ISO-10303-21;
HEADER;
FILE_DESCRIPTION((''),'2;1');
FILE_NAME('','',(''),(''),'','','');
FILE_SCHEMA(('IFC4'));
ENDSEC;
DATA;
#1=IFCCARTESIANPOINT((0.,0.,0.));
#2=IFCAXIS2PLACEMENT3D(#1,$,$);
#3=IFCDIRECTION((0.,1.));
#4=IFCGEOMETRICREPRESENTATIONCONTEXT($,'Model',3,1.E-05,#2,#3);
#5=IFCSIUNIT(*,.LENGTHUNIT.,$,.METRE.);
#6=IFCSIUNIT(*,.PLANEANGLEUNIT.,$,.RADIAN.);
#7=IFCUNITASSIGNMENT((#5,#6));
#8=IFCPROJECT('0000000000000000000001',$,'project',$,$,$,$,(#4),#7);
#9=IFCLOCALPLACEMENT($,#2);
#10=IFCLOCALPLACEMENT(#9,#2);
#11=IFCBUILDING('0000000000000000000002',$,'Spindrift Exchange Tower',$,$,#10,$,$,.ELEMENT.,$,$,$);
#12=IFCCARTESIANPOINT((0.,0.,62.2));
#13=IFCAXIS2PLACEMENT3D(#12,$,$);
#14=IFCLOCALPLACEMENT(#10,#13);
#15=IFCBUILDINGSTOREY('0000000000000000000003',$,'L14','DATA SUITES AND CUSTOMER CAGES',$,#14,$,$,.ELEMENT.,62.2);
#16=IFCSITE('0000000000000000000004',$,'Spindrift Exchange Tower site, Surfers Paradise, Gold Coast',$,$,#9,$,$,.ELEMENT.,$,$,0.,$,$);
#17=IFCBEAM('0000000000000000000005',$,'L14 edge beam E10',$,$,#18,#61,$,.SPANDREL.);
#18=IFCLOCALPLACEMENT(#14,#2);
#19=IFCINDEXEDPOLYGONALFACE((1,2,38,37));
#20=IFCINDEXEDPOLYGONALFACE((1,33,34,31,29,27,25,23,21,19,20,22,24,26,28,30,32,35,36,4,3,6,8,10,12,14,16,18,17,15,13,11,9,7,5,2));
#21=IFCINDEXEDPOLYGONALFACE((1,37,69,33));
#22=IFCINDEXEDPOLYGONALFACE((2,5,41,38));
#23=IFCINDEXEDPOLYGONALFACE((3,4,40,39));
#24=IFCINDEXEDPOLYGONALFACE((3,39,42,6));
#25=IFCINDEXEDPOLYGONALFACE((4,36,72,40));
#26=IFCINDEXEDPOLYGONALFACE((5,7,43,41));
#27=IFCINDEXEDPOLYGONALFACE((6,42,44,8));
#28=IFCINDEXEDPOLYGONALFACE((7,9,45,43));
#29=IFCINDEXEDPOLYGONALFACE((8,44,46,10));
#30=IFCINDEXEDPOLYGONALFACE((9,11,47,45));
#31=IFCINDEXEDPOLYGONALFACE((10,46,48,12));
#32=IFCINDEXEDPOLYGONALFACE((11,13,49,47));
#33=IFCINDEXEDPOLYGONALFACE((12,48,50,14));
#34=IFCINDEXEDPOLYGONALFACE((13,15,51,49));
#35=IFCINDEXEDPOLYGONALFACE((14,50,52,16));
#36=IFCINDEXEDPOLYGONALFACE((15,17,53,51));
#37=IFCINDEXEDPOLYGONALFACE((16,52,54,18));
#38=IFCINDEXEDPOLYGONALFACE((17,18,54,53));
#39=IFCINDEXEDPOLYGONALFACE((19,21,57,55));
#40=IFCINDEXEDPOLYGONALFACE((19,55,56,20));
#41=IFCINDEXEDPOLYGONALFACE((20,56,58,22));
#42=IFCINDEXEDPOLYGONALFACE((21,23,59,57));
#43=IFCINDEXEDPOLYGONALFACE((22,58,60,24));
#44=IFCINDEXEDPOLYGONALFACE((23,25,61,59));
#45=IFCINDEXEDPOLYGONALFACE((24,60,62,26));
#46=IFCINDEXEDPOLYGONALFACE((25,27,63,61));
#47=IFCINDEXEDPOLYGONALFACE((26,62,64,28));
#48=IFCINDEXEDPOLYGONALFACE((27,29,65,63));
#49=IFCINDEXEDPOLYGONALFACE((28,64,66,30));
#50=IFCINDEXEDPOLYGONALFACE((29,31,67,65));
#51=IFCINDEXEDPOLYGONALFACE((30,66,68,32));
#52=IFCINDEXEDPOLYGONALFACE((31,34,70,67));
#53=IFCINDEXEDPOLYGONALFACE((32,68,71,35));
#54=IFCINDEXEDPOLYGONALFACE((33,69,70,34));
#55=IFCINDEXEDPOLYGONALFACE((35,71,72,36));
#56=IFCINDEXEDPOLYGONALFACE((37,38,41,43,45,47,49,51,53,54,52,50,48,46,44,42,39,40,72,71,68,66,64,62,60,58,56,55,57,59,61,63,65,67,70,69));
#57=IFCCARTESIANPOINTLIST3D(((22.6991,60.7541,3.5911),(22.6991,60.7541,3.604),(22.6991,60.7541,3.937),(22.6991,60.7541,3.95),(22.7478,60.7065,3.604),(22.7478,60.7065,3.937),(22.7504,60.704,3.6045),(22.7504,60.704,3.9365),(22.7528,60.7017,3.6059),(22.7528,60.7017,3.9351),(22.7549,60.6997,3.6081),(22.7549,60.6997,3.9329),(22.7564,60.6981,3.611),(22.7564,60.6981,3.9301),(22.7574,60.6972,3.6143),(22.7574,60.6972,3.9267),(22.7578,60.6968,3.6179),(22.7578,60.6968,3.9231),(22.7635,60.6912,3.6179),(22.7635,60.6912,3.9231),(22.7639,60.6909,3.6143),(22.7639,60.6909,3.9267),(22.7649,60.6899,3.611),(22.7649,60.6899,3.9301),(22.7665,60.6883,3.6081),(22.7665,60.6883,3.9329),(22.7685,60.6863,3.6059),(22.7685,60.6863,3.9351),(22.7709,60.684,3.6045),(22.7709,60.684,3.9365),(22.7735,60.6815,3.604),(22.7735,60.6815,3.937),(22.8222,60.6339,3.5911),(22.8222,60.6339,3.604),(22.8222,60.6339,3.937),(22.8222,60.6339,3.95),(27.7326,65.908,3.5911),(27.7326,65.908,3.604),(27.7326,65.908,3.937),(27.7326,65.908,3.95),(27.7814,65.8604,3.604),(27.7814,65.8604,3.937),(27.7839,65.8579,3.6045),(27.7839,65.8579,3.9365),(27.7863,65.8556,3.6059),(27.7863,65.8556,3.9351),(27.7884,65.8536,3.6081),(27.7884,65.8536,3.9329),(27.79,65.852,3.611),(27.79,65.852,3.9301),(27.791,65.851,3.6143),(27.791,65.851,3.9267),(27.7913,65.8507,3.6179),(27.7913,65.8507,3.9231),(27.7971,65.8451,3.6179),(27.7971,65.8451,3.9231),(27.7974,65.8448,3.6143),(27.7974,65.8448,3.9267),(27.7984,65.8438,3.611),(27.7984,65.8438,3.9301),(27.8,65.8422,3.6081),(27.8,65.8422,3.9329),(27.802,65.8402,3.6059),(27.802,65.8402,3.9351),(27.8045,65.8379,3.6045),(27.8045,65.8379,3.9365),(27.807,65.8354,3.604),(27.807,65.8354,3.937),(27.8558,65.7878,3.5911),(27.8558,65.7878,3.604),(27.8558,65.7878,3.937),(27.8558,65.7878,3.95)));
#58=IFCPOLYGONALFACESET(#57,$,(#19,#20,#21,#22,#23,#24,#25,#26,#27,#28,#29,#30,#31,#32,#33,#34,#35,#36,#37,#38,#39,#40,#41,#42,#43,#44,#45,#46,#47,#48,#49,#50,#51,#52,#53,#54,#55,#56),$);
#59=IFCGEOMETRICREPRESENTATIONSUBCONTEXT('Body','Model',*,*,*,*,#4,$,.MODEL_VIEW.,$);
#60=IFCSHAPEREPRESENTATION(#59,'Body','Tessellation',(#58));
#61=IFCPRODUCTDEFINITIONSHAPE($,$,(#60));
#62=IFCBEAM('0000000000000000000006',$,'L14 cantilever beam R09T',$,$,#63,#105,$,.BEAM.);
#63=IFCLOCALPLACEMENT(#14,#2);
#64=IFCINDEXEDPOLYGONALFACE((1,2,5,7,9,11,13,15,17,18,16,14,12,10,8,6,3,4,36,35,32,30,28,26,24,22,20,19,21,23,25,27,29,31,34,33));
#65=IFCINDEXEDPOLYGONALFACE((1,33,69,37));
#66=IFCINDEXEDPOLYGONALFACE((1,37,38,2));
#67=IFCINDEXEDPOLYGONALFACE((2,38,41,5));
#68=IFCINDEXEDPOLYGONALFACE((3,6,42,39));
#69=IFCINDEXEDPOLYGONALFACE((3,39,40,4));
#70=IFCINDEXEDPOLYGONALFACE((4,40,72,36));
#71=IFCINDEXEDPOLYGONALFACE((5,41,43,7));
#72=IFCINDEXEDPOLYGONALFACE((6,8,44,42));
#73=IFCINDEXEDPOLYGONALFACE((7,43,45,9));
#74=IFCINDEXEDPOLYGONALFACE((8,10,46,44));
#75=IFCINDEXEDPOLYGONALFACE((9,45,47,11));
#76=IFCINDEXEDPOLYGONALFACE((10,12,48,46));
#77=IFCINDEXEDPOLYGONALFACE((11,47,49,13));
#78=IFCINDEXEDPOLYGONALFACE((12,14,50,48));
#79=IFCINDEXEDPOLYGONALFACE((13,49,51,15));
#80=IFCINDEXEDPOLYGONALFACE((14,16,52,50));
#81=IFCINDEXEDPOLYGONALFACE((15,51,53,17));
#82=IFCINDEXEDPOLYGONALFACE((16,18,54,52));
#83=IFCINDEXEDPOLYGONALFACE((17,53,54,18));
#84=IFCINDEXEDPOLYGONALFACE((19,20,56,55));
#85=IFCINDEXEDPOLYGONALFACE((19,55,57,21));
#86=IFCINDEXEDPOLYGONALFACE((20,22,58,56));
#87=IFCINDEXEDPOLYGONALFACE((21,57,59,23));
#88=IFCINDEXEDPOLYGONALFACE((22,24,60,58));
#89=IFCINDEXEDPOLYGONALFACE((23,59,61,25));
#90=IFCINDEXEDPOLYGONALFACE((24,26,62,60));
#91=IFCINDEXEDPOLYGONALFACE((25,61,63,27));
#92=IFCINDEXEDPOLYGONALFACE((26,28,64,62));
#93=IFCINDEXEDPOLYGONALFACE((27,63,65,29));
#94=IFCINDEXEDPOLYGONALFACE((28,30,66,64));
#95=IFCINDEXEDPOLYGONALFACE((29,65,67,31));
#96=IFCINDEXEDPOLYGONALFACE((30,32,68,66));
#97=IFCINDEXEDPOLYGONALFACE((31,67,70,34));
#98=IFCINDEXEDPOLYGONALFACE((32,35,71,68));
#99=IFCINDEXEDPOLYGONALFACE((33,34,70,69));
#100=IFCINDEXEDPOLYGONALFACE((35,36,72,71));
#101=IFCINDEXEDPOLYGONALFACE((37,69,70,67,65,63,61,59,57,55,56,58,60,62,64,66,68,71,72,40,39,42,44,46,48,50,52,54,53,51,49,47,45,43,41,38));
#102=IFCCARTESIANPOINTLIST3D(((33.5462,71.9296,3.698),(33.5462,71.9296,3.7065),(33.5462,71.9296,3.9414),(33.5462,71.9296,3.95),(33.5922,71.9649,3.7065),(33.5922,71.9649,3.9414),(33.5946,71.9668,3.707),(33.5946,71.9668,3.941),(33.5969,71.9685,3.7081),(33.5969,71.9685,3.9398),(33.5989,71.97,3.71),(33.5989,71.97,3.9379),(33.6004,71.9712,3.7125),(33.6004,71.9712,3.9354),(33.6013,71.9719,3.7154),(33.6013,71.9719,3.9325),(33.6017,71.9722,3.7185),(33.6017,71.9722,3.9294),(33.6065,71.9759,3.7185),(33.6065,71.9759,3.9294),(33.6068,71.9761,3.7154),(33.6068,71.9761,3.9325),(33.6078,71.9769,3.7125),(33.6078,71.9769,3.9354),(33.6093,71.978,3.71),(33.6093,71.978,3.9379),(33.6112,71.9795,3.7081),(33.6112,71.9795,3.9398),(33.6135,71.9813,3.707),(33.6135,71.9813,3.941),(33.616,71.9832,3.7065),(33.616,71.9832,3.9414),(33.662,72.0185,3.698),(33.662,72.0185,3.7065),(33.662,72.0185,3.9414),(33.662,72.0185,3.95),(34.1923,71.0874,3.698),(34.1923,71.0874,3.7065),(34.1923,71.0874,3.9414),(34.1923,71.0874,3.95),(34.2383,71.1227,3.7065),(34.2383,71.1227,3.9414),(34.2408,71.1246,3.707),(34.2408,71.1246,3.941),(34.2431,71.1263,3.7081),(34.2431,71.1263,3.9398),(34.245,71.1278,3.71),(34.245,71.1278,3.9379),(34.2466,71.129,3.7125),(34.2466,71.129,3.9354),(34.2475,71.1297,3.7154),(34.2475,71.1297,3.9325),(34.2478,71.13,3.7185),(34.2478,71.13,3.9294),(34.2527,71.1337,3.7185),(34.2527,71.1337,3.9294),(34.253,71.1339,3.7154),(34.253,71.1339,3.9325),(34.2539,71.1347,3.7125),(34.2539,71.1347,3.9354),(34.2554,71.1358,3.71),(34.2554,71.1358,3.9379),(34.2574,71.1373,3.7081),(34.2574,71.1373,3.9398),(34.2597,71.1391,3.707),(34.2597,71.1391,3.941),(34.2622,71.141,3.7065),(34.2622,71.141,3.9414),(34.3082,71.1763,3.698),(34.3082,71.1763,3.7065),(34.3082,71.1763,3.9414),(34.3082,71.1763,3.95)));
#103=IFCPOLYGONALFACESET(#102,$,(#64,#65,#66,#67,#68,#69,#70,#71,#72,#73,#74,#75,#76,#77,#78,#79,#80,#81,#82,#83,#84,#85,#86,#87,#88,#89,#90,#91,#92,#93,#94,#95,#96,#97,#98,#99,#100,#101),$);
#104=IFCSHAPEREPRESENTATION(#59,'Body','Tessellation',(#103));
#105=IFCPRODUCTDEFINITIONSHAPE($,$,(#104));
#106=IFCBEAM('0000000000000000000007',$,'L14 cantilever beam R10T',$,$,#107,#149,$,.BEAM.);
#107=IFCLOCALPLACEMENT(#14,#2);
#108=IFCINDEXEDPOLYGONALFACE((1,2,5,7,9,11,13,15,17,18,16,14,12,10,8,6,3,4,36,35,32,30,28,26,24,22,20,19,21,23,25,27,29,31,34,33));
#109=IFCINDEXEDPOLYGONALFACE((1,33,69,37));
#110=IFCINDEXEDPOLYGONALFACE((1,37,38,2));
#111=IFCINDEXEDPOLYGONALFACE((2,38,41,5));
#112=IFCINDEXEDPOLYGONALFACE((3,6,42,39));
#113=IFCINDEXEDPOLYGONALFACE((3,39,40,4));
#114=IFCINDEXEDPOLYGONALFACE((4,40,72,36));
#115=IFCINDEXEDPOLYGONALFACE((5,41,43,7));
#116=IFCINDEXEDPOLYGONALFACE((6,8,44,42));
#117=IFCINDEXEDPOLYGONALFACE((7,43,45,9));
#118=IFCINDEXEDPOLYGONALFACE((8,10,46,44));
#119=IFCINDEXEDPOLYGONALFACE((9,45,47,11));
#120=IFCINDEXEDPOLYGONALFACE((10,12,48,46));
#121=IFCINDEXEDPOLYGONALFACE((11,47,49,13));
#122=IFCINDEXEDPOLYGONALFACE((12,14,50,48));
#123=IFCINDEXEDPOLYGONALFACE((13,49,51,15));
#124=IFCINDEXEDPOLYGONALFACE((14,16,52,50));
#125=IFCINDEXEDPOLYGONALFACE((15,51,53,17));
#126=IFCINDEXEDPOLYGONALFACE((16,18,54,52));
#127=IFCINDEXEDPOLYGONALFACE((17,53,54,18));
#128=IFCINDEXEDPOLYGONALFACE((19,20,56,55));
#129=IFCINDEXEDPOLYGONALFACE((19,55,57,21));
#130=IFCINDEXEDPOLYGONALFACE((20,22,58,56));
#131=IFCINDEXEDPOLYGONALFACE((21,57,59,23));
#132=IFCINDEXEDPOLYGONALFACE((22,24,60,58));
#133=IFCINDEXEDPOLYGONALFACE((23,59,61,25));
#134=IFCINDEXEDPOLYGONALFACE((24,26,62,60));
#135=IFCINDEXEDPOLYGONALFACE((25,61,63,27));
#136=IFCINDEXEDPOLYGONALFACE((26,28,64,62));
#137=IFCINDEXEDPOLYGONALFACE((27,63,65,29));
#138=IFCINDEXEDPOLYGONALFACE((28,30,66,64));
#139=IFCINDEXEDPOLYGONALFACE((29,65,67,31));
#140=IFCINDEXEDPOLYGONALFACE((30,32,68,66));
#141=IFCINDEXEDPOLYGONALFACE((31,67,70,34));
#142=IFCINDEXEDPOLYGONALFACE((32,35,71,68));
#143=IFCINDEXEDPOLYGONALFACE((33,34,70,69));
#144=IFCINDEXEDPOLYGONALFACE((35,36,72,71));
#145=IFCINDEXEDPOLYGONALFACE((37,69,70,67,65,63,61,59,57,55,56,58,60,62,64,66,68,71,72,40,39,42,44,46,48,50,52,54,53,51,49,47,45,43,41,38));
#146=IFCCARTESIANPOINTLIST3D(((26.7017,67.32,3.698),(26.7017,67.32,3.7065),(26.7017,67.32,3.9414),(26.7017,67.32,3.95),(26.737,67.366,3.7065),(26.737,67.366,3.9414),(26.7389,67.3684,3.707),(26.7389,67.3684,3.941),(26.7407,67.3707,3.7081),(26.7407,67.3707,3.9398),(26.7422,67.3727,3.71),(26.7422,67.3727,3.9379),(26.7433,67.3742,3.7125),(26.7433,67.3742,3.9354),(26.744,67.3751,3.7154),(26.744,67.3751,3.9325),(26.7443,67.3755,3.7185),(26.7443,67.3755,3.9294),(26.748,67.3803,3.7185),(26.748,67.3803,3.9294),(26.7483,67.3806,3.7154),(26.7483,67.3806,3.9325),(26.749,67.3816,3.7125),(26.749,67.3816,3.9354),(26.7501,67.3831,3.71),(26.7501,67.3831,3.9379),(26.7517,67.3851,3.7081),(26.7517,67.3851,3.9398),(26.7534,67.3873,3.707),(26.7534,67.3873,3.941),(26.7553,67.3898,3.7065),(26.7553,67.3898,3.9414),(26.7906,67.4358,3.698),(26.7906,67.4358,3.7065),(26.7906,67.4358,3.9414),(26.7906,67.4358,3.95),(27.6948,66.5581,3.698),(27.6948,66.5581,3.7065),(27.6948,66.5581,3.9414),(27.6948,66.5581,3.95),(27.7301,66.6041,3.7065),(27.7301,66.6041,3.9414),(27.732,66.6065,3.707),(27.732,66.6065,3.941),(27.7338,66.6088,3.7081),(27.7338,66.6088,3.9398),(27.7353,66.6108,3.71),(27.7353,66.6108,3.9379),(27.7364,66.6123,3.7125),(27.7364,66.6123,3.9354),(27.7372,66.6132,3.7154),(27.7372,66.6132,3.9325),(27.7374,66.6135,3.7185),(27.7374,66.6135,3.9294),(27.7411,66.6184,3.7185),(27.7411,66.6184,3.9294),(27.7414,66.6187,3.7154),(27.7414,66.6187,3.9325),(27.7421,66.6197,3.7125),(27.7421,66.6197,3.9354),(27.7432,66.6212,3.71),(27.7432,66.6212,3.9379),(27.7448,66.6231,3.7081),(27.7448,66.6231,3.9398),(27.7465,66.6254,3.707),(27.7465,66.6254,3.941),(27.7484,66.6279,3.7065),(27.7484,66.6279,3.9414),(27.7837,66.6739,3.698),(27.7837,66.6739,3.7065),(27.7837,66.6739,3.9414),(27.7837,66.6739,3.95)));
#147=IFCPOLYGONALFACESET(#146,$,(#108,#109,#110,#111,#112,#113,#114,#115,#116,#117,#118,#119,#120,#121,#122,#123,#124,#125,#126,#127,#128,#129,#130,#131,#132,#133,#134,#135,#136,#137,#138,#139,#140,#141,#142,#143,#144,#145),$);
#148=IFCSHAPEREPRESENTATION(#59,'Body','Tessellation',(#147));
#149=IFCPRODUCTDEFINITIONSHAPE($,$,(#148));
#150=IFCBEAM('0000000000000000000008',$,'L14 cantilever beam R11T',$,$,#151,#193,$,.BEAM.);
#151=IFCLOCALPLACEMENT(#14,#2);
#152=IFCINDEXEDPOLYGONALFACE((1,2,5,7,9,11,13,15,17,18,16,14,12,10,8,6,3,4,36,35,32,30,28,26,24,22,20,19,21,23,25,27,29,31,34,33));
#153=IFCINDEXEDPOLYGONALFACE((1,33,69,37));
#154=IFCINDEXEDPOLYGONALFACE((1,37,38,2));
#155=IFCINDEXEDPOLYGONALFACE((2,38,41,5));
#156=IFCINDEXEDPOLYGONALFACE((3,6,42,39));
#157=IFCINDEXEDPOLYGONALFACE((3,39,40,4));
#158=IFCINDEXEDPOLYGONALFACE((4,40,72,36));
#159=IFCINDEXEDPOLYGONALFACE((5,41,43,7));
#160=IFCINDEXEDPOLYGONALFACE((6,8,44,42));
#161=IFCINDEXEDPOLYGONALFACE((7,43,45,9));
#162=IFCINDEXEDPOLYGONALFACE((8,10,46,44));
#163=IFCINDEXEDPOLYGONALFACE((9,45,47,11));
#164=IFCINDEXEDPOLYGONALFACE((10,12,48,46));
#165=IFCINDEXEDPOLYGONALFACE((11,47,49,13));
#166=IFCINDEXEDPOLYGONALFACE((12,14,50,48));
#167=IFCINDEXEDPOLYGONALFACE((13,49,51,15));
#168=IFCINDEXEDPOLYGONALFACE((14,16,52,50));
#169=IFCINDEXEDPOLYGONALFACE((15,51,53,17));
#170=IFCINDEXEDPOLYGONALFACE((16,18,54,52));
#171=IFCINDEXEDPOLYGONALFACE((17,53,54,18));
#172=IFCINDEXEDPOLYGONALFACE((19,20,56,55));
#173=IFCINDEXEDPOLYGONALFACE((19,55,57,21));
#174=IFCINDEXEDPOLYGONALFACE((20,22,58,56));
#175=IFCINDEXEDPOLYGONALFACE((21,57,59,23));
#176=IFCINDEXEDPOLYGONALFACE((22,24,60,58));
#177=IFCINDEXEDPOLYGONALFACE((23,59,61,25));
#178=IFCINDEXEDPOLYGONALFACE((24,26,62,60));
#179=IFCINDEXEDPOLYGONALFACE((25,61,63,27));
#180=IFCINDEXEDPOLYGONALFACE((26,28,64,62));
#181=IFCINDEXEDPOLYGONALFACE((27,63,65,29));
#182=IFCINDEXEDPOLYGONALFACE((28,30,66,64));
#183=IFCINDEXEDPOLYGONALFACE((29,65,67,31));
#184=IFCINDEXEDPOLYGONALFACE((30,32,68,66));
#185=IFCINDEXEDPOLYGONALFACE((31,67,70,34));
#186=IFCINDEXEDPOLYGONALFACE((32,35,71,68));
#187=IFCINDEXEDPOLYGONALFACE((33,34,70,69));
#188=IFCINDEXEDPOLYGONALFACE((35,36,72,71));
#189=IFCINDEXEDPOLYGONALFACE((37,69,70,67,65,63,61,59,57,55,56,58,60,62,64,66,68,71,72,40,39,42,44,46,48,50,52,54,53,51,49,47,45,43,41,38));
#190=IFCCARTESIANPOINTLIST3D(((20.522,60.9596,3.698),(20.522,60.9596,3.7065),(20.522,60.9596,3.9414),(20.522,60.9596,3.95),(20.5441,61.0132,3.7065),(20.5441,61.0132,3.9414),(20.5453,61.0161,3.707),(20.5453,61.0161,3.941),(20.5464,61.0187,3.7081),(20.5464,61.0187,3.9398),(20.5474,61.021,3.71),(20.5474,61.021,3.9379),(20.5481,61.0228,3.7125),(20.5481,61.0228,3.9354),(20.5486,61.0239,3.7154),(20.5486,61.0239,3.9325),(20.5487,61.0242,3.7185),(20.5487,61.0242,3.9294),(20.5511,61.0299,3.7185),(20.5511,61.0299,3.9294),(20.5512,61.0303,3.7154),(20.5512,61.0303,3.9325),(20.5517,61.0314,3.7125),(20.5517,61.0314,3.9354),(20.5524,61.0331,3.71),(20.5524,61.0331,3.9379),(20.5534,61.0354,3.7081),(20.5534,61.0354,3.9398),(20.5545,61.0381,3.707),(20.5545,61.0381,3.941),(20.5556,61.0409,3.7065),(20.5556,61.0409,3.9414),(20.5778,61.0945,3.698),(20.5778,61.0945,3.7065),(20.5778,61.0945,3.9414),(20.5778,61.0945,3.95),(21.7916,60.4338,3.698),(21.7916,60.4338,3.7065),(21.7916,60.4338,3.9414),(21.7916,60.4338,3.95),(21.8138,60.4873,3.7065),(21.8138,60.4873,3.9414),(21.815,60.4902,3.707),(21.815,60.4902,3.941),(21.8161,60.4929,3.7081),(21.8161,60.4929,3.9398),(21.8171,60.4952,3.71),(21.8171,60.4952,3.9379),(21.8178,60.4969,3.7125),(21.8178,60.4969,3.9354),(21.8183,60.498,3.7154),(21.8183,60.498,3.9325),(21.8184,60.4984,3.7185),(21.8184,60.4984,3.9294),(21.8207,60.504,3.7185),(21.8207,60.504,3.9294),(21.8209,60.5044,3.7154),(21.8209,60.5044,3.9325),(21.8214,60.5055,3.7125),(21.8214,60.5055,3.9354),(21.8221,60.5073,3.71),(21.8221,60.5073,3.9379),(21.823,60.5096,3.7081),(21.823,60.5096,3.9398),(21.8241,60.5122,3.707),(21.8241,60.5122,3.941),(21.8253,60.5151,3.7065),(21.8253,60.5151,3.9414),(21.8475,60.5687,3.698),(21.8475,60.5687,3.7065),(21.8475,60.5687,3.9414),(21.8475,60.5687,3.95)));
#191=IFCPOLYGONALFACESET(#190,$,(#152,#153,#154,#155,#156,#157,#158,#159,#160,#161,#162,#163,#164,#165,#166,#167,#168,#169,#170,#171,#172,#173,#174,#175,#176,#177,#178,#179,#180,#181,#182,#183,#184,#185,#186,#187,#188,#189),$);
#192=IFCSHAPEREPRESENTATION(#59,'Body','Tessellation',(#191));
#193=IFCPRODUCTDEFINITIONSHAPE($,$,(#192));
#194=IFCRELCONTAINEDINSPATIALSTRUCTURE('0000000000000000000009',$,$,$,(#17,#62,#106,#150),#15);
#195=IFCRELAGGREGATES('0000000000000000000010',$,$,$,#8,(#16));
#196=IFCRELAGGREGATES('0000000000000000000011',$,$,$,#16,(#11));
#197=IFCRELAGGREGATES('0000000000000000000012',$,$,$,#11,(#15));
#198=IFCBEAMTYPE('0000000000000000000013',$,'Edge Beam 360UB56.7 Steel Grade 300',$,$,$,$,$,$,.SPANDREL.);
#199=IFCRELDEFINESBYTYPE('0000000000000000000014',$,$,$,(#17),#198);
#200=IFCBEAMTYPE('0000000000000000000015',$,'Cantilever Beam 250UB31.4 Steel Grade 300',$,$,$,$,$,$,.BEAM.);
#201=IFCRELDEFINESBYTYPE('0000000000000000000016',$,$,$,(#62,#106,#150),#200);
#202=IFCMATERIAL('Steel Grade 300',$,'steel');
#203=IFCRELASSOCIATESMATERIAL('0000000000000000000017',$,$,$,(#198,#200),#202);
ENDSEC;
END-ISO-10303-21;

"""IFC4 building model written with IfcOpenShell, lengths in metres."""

from ifc_helpers import new_model, si_unit, direction, frame, origin, origin_2d, place, context, subcontext, project, spatial, i_section, extrude, source, transform, mapped, material, material_profile, profile_set, type_object, element, save


model = new_model("IFC4")

# Units and contexts
model_context = context("Model", 3, precision=1e-05, world=origin(), true_north=direction((0.0, 1.0)))
body_context = subcontext(model_context, "Body", "Model", "MODEL_VIEW")
ifc_project = project(units=[si_unit("LENGTHUNIT", "METRE"), si_unit("PLANEANGLEUNIT", "RADIAN")], contexts=[model_context])

# Site, building, storey
site_placement = place(None, origin())
site = spatial("IfcSite", under=ifc_project, at=site_placement, Name="Spindrift Exchange Tower site, Surfers Paradise, Gold Coast", CompositionType="ELEMENT", RefElevation=0.0)
building_placement = place(site_placement, origin())
building = spatial("IfcBuilding", under=site, at=building_placement, Name="Spindrift Exchange Tower", CompositionType="ELEMENT")
storey_placement = place(building_placement, frame((0.0, 0.0, 62.2)))
storey = spatial("IfcBuildingStorey", under=building, at=storey_placement, Name="L14", Description="DATA SUITES AND CUSTOMER CAGES", CompositionType="ELEMENT", Elevation=62.2)

# Beams
ifc_material_1 = material(Name="Steel Grade 300", Category="steel")
ifc_material_profile_1 = material_profile(ifc_material_1, i_section(OverallWidth=0.1721, OverallDepth=0.3589, WebThickness=0.0081, FlangeThickness=0.0129, FilletRadius=0.0139, at=origin_2d()), Name="360UB56.7")
ifc_profile_set_1 = profile_set([ifc_material_profile_1], Name="Steel Grade 300")
beam_type_1 = type_object("IfcBeamType", Name="Edge Beam 360UB56.7 Steel Grade 300", PredefinedType="SPANDREL", material=ifc_profile_set_1)
shared_shape_1 = source(origin(), body_context, "Body", "SweptSolid", [
    extrude(i_section(OverallWidth=0.1721, OverallDepth=0.3589, WebThickness=0.0081, FlangeThickness=0.0129, FilletRadius=0.0139, at=origin_2d()), origin(), (0.0, 0.0, 1.0), 7.2041),
])
beam_1_placement = place(storey_placement, frame((27.7942, 65.8479, 3.7705), z_axis=(-0.698704, -0.715411, 0.0), x_axis=(0.715411, -0.698704, 0.0)))
element("IfcBeam", 1, at=beam_1_placement, inside=storey, type_object=beam_type_1, Name="L14 edge beam E10", PredefinedType="SPANDREL", context=body_context, shape_type="MappedRepresentation", body=[
    mapped(shared_shape_1, transform((0.0, 0.0, 0.0), scale=1.0)),
])
ifc_material_profile_2 = material_profile(ifc_material_1, i_section(OverallWidth=0.146, OverallDepth=0.252, WebThickness=0.0061, FlangeThickness=0.0085, FilletRadius=0.012, at=origin_2d()), Name="250UB31.4")
ifc_profile_set_2 = profile_set([ifc_material_profile_2], Name="Steel Grade 300")
beam_type_2 = type_object("IfcBeamType", Name="Cantilever Beam 250UB31.4 Steel Grade 300", PredefinedType="BEAM", material=ifc_profile_set_2)
shared_shape_2 = source(origin(), body_context, "Body", "SweptSolid", [
    extrude(i_section(OverallWidth=0.146, OverallDepth=0.252, WebThickness=0.0061, FlangeThickness=0.0085, FilletRadius=0.012, at=origin_2d()), origin(), (0.0, 0.0, 1.0), 1.0615),
])
beam_2_placement = place(storey_placement, frame((34.2502, 71.1318, 3.824), z_axis=(-0.608721, 0.793384, 0.0), x_axis=(-0.793384, -0.608721, 0.0)))
element("IfcBeam", 2, at=beam_2_placement, inside=storey, type_object=beam_type_2, Name="L14 cantilever beam R09T", PredefinedType="BEAM", context=body_context, shape_type="MappedRepresentation", body=[
    mapped(shared_shape_2, transform((0.0, 0.0, 0.0), scale=1.0)),
])
shared_shape_3 = source(origin(), body_context, "Body", "SweptSolid", [
    extrude(i_section(OverallWidth=0.146, OverallDepth=0.252, WebThickness=0.0061, FlangeThickness=0.0085, FilletRadius=0.012, at=origin_2d()), origin(), (0.0, 0.0, 1.0), 1.2517),
])
beam_3_placement = place(storey_placement, frame((27.7393, 66.616, 3.824), z_axis=(-0.793399, 0.608702, 0.0), x_axis=(-0.608702, -0.793399, 0.0)))
element("IfcBeam", 3, at=beam_3_placement, inside=storey, type_object=beam_type_2, Name="L14 cantilever beam R10T", PredefinedType="BEAM", context=body_context, shape_type="MappedRepresentation", body=[
    mapped(shared_shape_3, transform((0.0, 0.0, 0.0), scale=1.0)),
])
shared_shape_4 = source(origin(), body_context, "Body", "SweptSolid", [
    extrude(i_section(OverallWidth=0.146, OverallDepth=0.252, WebThickness=0.0061, FlangeThickness=0.0085, FilletRadius=0.012, at=origin_2d()), origin(), (0.0, 0.0, 1.0), 1.3743),
])
beam_4_placement = place(storey_placement, frame((21.8196, 60.5012, 3.824), z_axis=(-0.9239, 0.382634, 0.0), x_axis=(-0.382634, -0.9239, 0.0)))
element("IfcBeam", 4, at=beam_4_placement, inside=storey, type_object=beam_type_2, Name="L14 cantilever beam R11T", PredefinedType="BEAM", context=body_context, shape_type="MappedRepresentation", body=[
    mapped(shared_shape_4, transform((0.0, 0.0, 0.0), scale=1.0)),
])

save(model, "model.ifc")
